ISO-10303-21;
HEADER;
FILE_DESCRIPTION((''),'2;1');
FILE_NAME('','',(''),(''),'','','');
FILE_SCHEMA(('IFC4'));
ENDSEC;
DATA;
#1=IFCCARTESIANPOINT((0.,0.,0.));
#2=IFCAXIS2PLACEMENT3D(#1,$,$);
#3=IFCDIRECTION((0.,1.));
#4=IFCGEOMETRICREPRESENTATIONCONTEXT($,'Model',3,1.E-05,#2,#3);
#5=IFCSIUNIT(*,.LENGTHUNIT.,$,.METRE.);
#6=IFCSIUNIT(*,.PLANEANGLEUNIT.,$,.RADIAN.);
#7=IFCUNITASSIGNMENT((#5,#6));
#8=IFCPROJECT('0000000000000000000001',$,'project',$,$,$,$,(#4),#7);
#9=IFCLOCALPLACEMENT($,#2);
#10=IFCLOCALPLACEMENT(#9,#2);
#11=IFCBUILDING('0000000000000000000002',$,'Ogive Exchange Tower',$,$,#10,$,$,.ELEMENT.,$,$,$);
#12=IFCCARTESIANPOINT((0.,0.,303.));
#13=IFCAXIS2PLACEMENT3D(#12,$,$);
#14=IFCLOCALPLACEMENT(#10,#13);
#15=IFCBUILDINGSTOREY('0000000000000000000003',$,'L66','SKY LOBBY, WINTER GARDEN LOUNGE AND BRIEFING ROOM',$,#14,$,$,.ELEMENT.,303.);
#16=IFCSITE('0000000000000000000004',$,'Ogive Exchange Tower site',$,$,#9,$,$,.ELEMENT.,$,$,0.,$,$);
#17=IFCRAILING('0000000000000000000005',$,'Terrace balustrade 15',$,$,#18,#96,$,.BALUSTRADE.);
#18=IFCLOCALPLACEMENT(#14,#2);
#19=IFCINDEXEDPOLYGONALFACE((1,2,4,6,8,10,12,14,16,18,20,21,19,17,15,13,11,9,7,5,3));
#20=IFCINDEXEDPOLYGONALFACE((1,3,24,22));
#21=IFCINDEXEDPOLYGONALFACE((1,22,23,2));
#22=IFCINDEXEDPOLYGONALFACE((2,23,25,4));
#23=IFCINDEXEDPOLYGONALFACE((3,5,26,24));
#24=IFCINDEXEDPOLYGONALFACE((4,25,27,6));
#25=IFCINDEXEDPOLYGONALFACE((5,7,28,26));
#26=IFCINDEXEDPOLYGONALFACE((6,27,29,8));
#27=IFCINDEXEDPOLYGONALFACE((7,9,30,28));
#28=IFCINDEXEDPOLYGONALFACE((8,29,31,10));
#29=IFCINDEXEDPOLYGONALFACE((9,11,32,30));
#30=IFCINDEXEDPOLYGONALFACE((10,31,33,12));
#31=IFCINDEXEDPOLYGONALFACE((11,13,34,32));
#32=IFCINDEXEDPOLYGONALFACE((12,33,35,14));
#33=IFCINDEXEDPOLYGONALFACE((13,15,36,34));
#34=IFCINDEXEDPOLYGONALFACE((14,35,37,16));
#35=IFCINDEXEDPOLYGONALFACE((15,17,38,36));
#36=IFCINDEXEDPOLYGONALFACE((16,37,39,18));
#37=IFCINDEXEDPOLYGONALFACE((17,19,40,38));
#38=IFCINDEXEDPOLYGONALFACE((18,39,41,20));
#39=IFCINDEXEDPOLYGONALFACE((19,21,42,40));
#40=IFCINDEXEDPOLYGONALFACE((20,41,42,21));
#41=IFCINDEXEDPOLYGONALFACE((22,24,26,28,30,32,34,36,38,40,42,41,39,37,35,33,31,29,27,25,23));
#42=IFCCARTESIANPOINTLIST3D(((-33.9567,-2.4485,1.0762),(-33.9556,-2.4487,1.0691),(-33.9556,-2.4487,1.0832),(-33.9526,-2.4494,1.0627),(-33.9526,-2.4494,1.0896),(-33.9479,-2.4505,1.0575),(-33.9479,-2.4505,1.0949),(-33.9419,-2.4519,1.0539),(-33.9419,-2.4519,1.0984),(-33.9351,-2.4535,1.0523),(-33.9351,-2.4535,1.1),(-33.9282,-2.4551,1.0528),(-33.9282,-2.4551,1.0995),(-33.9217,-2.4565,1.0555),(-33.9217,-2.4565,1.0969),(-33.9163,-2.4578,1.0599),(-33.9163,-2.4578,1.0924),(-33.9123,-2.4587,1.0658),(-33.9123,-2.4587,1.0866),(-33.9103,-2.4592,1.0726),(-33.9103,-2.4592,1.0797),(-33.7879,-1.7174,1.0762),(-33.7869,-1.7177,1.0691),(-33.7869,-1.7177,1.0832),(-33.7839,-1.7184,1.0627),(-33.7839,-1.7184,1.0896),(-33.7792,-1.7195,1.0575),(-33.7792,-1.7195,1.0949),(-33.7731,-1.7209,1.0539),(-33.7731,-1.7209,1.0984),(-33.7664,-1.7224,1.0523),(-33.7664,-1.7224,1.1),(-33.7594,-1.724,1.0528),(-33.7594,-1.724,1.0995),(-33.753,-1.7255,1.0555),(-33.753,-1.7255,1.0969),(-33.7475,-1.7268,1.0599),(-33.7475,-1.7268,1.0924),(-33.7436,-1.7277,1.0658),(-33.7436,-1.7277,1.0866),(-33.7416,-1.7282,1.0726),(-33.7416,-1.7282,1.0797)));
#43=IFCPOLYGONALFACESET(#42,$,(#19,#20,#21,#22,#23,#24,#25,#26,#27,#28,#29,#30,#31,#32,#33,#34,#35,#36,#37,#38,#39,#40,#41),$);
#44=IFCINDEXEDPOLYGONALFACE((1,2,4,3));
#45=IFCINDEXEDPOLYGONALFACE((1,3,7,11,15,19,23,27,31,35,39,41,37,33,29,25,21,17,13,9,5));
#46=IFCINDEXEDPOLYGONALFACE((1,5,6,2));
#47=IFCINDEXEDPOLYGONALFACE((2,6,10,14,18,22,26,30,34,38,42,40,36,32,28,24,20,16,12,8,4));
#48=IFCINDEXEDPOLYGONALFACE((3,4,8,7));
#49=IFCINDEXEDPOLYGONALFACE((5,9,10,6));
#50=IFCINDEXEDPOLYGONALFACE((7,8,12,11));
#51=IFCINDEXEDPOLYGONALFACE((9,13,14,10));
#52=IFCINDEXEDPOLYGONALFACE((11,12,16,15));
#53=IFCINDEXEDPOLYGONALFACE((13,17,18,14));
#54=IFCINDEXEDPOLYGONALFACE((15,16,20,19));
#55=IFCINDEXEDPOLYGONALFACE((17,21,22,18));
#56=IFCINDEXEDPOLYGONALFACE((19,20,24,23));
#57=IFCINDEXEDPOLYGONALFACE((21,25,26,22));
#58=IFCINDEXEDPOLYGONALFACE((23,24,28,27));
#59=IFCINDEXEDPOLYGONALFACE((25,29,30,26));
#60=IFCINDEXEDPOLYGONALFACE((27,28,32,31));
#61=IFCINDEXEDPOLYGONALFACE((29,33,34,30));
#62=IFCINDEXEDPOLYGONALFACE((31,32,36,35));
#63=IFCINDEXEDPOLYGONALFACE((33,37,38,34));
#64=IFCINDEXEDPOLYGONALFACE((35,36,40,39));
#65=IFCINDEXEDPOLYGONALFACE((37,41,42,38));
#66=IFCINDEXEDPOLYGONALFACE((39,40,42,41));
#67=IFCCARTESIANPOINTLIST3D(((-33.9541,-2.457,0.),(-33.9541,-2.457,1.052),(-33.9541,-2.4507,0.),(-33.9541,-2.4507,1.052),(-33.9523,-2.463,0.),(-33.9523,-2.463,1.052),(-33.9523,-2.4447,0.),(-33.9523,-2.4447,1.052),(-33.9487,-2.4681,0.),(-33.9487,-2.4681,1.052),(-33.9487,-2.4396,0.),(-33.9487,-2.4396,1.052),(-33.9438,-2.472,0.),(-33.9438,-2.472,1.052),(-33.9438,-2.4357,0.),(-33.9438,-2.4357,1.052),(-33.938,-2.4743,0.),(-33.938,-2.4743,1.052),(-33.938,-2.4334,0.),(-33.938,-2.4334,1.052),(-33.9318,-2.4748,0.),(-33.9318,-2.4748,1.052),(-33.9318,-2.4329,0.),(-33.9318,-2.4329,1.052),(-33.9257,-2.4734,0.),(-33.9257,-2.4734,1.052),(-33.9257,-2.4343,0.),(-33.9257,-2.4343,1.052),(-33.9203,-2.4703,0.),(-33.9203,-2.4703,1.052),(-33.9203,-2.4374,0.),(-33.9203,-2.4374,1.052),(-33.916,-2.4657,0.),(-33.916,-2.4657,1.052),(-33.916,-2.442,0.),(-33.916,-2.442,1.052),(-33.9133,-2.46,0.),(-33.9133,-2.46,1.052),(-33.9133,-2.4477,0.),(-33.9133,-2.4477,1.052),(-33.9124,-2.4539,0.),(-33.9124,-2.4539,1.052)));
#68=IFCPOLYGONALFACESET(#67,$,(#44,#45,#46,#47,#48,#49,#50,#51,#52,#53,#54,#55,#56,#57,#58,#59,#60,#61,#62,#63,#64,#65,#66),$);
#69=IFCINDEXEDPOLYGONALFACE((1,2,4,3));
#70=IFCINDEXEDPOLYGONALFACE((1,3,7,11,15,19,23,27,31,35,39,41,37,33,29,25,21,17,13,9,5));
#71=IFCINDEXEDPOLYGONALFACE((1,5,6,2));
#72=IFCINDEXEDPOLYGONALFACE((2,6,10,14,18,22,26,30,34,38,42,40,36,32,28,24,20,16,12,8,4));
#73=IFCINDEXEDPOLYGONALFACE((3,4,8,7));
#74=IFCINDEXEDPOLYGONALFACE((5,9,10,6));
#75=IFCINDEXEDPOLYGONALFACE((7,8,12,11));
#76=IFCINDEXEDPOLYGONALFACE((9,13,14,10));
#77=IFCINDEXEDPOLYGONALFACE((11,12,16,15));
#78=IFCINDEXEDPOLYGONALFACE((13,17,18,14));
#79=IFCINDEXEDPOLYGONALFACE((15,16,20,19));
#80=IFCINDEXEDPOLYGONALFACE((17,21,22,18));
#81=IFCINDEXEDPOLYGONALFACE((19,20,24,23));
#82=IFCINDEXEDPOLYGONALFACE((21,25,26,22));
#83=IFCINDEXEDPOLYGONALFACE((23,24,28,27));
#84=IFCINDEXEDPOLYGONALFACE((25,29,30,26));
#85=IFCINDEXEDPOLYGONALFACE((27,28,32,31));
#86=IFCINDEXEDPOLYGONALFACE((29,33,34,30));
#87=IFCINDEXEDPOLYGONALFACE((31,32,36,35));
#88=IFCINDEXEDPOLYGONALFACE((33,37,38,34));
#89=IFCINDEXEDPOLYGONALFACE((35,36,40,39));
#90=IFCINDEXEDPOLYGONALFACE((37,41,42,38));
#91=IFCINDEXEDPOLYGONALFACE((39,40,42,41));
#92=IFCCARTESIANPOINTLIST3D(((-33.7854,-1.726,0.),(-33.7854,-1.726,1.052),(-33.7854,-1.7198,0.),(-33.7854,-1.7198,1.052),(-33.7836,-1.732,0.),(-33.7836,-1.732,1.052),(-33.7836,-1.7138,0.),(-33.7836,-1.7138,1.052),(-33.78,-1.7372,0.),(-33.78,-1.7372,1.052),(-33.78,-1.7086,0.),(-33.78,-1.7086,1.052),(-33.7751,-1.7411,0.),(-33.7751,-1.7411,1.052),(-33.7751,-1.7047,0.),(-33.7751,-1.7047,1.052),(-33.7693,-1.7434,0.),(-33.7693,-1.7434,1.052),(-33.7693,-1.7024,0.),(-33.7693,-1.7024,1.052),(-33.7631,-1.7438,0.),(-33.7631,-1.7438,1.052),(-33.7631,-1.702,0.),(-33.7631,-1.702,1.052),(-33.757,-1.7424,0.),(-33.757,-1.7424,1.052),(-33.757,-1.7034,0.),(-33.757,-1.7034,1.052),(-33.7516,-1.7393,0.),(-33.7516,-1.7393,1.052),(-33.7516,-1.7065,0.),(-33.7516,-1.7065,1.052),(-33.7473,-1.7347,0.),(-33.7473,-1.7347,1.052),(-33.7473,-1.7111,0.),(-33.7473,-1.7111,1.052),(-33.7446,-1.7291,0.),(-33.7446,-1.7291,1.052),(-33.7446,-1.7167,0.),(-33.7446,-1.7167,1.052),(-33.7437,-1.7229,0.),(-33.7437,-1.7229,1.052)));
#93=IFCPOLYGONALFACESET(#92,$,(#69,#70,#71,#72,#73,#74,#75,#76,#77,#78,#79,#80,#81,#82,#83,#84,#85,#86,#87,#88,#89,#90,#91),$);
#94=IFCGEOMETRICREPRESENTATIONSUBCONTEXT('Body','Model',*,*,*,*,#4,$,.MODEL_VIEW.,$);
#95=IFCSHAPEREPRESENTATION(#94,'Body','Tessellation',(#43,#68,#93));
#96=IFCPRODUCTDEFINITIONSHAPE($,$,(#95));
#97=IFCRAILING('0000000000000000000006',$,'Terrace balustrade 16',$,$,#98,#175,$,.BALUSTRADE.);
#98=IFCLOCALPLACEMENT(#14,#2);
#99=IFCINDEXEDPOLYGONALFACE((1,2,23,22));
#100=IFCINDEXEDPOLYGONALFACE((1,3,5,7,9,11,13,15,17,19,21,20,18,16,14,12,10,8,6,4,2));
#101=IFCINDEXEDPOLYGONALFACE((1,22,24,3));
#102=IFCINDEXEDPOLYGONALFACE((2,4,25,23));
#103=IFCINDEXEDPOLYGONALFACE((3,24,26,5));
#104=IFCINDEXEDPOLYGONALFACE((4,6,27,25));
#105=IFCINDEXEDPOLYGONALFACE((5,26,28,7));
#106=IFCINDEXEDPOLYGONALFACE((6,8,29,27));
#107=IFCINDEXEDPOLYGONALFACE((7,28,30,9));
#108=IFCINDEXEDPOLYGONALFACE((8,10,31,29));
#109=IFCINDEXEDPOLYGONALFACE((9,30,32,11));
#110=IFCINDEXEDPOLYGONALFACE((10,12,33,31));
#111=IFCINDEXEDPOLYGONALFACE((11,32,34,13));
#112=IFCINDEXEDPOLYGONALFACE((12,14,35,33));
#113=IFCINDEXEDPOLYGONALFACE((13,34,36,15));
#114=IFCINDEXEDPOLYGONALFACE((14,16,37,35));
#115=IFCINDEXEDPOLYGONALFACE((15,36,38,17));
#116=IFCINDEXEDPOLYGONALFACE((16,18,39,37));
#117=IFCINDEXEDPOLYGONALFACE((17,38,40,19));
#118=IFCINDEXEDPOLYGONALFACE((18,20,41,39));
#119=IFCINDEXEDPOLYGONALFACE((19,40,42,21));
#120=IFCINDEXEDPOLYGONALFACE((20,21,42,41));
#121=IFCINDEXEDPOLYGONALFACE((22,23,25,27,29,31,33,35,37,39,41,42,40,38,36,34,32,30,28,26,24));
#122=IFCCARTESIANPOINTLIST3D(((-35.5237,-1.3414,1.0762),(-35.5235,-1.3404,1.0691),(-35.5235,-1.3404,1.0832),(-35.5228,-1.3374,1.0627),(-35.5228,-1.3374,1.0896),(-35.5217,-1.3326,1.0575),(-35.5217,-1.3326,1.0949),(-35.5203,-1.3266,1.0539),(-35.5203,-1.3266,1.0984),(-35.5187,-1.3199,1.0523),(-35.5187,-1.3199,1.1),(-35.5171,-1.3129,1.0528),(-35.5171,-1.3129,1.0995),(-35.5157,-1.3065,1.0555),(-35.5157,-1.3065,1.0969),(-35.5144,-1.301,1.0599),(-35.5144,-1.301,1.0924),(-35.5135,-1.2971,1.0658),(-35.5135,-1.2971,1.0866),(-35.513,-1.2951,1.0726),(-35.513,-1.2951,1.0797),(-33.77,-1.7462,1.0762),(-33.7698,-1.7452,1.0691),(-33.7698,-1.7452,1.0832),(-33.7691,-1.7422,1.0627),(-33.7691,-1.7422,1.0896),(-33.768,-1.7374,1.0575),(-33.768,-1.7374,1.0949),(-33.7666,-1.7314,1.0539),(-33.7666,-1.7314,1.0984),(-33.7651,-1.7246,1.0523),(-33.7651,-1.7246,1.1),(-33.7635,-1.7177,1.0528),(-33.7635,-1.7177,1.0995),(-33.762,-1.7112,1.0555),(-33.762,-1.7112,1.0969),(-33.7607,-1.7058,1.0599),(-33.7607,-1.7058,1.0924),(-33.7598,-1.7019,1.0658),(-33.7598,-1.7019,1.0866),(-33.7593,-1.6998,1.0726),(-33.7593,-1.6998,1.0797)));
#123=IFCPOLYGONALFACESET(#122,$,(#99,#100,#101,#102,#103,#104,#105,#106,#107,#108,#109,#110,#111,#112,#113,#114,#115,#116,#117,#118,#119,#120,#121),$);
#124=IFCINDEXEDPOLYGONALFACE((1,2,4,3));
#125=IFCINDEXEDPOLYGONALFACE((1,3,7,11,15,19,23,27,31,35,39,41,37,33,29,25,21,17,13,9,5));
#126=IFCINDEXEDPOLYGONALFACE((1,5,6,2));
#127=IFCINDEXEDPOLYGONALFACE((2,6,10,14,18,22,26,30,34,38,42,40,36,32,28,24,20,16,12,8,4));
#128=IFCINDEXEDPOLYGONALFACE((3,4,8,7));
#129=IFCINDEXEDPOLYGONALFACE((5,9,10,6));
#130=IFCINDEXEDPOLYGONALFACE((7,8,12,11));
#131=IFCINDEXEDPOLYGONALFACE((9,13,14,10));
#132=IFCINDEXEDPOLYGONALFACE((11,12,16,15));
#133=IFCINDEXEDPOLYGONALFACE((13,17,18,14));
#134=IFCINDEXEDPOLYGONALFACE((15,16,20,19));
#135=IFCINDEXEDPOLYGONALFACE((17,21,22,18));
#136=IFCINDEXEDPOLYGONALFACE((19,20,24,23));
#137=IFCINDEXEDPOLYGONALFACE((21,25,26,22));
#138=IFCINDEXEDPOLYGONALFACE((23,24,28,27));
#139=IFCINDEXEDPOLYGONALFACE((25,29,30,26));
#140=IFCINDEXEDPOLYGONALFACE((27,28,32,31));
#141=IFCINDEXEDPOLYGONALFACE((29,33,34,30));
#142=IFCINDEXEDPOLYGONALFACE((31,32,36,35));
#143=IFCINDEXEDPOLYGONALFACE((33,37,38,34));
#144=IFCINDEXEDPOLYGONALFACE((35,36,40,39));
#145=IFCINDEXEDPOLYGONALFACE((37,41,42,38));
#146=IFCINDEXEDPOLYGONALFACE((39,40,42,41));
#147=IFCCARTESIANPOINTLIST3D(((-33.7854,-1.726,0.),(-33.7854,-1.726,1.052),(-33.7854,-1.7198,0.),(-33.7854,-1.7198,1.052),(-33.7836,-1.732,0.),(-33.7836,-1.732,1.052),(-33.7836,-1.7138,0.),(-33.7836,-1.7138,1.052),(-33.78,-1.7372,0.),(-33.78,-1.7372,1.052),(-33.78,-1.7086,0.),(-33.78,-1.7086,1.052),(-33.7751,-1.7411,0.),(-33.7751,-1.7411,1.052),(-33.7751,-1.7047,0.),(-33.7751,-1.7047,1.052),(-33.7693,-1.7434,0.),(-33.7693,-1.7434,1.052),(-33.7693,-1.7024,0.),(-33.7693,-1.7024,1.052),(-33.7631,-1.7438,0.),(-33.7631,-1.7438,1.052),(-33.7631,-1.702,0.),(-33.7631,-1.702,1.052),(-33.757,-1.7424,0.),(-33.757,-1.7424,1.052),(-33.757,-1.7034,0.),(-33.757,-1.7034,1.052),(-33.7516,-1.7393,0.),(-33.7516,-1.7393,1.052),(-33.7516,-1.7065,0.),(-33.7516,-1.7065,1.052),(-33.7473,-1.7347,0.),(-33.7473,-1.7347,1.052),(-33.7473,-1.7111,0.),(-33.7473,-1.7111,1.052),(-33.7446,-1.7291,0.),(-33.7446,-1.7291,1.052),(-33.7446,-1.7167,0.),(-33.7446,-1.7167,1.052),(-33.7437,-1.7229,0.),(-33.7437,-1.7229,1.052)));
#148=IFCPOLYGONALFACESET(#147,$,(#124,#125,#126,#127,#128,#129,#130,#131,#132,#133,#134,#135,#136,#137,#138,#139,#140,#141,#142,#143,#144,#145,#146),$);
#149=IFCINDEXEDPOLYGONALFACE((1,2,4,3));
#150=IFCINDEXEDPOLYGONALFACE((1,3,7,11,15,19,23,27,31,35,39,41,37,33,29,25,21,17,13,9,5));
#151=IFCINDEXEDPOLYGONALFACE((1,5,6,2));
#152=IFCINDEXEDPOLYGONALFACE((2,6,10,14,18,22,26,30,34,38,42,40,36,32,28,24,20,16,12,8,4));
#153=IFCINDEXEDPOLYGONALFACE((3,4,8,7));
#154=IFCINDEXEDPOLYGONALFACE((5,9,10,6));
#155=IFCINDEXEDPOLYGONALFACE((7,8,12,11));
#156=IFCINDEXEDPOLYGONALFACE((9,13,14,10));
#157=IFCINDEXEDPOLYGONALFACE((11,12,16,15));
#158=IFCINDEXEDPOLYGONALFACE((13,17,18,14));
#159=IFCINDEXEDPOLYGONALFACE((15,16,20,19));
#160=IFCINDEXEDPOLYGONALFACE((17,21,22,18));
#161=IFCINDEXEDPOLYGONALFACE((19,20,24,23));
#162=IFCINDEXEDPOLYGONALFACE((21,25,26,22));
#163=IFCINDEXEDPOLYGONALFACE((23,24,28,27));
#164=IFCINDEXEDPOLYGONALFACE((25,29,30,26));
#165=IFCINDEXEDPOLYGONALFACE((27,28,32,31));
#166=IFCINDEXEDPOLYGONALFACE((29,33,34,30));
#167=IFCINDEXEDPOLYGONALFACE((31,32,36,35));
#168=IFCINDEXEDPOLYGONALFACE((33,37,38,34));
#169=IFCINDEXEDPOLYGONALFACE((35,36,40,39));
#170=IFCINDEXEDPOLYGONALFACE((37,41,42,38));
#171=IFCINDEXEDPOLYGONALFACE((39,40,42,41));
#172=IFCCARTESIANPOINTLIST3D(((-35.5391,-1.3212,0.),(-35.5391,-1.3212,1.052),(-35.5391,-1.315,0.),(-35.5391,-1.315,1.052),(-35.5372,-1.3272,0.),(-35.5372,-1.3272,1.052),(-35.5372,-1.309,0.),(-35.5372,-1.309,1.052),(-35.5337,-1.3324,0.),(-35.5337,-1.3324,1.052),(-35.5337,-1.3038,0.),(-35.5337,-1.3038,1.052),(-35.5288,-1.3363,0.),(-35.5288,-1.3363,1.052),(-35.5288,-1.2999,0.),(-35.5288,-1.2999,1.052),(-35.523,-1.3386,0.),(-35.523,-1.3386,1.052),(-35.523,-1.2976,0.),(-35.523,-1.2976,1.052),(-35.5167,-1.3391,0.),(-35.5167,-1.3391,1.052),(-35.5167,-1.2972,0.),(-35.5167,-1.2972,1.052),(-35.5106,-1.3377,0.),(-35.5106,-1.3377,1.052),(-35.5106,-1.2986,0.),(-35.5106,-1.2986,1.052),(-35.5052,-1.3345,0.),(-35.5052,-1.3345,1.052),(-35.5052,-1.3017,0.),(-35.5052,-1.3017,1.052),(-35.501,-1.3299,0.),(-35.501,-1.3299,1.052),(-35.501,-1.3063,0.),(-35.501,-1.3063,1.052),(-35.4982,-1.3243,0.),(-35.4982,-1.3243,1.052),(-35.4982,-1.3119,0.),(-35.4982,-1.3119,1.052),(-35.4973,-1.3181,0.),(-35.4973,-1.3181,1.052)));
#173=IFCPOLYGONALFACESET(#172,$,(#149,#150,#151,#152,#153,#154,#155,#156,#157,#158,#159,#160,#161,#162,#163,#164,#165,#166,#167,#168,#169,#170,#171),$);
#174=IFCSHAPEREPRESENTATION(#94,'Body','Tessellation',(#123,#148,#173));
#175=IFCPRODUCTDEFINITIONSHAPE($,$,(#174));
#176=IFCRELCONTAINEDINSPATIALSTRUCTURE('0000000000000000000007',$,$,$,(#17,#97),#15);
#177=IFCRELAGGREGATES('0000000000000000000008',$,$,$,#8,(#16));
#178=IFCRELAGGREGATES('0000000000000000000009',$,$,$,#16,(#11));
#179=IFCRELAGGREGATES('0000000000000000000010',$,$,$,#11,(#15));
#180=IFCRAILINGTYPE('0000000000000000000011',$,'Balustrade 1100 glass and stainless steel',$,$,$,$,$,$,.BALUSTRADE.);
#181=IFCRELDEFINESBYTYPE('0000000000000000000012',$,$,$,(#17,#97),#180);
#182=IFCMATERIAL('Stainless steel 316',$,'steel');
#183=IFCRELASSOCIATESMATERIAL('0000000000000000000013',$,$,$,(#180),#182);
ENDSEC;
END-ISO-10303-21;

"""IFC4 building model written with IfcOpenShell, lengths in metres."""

from ifc_helpers import new_model, si_unit, direction, frame, origin, origin_2d, place, context, subcontext, project, spatial, circle, extrude, material, type_object, element, save


model = new_model("IFC4")

# Units and contexts
model_context = context("Model", 3, precision=1e-05, world=origin(), true_north=direction((0.0, 1.0)))
body_context = subcontext(model_context, "Body", "Model", "MODEL_VIEW")
ifc_project = project(units=[si_unit("LENGTHUNIT", "METRE"), si_unit("PLANEANGLEUNIT", "RADIAN")], contexts=[model_context])

# Site, building, storey
site_placement = place(None, origin())
site = spatial("IfcSite", under=ifc_project, at=site_placement, Name="Ogive Exchange Tower site", CompositionType="ELEMENT", RefElevation=0.0)
building_placement = place(site_placement, origin())
building = spatial("IfcBuilding", under=site, at=building_placement, Name="Ogive Exchange Tower", CompositionType="ELEMENT")
storey_placement = place(building_placement, frame((0.0, 0.0, 303.0)))
storey = spatial("IfcBuildingStorey", under=building, at=storey_placement, Name="L66", Description="SKY LOBBY, WINTER GARDEN LOUNGE AND BRIEFING ROOM", CompositionType="ELEMENT", Elevation=303.0)

# Railings
ifc_material_1 = material(Name="Stainless steel 316", Category="steel")
railing_type_1 = type_object("IfcRailingType", Name="Balustrade 1100 glass and stainless steel", PredefinedType="BALUSTRADE", material=ifc_material_1)
railing_1_placement = place(storey_placement, frame((-33.9333, -2.4539, 0.0)))
element("IfcRailing", 1, at=railing_1_placement, inside=storey, type_object=railing_type_1, Name="Terrace balustrade 15", PredefinedType="BALUSTRADE", context=body_context, shape_type="SweptSolid", body=[
    extrude(circle(Radius=0.0239, at=origin_2d()), frame((0.0, 0.0, 1.0762), z_axis=(0.224883, 0.974386, 0.0), x_axis=(-0.974386, 0.224883, 0.0)), (0.0, 0.0, 1.0), 0.7502),
    extrude(circle(Radius=0.021, at=origin_2d()), origin(), (0.0, 0.0, 1.0), 1.052),
    extrude(circle(Radius=0.021, at=origin_2d()), frame((0.1687, 0.731, 0.0)), (0.0, 0.0, 1.0), 1.052),
])
railing_2_placement = place(storey_placement, frame((-33.7646, -1.7229, 0.0)))
element("IfcRailing", 2, at=railing_2_placement, inside=storey, type_object=railing_type_1, Name="Terrace balustrade 16", PredefinedType="BALUSTRADE", context=body_context, shape_type="SweptSolid", body=[
    extrude(circle(Radius=0.0239, at=origin_2d()), frame((0.0, 0.0, 1.0762), z_axis=(-0.97438, 0.224909, 0.0), x_axis=(-0.224909, -0.97438, 0.0)), (0.0, 0.0, 1.0), 1.7998),
    extrude(circle(Radius=0.021, at=origin_2d()), origin(), (0.0, 0.0, 1.0), 1.052),
    extrude(circle(Radius=0.021, at=origin_2d()), frame((-1.7537, 0.4048, 0.0)), (0.0, 0.0, 1.0), 1.052),
])

save(model, "model.ifc")
